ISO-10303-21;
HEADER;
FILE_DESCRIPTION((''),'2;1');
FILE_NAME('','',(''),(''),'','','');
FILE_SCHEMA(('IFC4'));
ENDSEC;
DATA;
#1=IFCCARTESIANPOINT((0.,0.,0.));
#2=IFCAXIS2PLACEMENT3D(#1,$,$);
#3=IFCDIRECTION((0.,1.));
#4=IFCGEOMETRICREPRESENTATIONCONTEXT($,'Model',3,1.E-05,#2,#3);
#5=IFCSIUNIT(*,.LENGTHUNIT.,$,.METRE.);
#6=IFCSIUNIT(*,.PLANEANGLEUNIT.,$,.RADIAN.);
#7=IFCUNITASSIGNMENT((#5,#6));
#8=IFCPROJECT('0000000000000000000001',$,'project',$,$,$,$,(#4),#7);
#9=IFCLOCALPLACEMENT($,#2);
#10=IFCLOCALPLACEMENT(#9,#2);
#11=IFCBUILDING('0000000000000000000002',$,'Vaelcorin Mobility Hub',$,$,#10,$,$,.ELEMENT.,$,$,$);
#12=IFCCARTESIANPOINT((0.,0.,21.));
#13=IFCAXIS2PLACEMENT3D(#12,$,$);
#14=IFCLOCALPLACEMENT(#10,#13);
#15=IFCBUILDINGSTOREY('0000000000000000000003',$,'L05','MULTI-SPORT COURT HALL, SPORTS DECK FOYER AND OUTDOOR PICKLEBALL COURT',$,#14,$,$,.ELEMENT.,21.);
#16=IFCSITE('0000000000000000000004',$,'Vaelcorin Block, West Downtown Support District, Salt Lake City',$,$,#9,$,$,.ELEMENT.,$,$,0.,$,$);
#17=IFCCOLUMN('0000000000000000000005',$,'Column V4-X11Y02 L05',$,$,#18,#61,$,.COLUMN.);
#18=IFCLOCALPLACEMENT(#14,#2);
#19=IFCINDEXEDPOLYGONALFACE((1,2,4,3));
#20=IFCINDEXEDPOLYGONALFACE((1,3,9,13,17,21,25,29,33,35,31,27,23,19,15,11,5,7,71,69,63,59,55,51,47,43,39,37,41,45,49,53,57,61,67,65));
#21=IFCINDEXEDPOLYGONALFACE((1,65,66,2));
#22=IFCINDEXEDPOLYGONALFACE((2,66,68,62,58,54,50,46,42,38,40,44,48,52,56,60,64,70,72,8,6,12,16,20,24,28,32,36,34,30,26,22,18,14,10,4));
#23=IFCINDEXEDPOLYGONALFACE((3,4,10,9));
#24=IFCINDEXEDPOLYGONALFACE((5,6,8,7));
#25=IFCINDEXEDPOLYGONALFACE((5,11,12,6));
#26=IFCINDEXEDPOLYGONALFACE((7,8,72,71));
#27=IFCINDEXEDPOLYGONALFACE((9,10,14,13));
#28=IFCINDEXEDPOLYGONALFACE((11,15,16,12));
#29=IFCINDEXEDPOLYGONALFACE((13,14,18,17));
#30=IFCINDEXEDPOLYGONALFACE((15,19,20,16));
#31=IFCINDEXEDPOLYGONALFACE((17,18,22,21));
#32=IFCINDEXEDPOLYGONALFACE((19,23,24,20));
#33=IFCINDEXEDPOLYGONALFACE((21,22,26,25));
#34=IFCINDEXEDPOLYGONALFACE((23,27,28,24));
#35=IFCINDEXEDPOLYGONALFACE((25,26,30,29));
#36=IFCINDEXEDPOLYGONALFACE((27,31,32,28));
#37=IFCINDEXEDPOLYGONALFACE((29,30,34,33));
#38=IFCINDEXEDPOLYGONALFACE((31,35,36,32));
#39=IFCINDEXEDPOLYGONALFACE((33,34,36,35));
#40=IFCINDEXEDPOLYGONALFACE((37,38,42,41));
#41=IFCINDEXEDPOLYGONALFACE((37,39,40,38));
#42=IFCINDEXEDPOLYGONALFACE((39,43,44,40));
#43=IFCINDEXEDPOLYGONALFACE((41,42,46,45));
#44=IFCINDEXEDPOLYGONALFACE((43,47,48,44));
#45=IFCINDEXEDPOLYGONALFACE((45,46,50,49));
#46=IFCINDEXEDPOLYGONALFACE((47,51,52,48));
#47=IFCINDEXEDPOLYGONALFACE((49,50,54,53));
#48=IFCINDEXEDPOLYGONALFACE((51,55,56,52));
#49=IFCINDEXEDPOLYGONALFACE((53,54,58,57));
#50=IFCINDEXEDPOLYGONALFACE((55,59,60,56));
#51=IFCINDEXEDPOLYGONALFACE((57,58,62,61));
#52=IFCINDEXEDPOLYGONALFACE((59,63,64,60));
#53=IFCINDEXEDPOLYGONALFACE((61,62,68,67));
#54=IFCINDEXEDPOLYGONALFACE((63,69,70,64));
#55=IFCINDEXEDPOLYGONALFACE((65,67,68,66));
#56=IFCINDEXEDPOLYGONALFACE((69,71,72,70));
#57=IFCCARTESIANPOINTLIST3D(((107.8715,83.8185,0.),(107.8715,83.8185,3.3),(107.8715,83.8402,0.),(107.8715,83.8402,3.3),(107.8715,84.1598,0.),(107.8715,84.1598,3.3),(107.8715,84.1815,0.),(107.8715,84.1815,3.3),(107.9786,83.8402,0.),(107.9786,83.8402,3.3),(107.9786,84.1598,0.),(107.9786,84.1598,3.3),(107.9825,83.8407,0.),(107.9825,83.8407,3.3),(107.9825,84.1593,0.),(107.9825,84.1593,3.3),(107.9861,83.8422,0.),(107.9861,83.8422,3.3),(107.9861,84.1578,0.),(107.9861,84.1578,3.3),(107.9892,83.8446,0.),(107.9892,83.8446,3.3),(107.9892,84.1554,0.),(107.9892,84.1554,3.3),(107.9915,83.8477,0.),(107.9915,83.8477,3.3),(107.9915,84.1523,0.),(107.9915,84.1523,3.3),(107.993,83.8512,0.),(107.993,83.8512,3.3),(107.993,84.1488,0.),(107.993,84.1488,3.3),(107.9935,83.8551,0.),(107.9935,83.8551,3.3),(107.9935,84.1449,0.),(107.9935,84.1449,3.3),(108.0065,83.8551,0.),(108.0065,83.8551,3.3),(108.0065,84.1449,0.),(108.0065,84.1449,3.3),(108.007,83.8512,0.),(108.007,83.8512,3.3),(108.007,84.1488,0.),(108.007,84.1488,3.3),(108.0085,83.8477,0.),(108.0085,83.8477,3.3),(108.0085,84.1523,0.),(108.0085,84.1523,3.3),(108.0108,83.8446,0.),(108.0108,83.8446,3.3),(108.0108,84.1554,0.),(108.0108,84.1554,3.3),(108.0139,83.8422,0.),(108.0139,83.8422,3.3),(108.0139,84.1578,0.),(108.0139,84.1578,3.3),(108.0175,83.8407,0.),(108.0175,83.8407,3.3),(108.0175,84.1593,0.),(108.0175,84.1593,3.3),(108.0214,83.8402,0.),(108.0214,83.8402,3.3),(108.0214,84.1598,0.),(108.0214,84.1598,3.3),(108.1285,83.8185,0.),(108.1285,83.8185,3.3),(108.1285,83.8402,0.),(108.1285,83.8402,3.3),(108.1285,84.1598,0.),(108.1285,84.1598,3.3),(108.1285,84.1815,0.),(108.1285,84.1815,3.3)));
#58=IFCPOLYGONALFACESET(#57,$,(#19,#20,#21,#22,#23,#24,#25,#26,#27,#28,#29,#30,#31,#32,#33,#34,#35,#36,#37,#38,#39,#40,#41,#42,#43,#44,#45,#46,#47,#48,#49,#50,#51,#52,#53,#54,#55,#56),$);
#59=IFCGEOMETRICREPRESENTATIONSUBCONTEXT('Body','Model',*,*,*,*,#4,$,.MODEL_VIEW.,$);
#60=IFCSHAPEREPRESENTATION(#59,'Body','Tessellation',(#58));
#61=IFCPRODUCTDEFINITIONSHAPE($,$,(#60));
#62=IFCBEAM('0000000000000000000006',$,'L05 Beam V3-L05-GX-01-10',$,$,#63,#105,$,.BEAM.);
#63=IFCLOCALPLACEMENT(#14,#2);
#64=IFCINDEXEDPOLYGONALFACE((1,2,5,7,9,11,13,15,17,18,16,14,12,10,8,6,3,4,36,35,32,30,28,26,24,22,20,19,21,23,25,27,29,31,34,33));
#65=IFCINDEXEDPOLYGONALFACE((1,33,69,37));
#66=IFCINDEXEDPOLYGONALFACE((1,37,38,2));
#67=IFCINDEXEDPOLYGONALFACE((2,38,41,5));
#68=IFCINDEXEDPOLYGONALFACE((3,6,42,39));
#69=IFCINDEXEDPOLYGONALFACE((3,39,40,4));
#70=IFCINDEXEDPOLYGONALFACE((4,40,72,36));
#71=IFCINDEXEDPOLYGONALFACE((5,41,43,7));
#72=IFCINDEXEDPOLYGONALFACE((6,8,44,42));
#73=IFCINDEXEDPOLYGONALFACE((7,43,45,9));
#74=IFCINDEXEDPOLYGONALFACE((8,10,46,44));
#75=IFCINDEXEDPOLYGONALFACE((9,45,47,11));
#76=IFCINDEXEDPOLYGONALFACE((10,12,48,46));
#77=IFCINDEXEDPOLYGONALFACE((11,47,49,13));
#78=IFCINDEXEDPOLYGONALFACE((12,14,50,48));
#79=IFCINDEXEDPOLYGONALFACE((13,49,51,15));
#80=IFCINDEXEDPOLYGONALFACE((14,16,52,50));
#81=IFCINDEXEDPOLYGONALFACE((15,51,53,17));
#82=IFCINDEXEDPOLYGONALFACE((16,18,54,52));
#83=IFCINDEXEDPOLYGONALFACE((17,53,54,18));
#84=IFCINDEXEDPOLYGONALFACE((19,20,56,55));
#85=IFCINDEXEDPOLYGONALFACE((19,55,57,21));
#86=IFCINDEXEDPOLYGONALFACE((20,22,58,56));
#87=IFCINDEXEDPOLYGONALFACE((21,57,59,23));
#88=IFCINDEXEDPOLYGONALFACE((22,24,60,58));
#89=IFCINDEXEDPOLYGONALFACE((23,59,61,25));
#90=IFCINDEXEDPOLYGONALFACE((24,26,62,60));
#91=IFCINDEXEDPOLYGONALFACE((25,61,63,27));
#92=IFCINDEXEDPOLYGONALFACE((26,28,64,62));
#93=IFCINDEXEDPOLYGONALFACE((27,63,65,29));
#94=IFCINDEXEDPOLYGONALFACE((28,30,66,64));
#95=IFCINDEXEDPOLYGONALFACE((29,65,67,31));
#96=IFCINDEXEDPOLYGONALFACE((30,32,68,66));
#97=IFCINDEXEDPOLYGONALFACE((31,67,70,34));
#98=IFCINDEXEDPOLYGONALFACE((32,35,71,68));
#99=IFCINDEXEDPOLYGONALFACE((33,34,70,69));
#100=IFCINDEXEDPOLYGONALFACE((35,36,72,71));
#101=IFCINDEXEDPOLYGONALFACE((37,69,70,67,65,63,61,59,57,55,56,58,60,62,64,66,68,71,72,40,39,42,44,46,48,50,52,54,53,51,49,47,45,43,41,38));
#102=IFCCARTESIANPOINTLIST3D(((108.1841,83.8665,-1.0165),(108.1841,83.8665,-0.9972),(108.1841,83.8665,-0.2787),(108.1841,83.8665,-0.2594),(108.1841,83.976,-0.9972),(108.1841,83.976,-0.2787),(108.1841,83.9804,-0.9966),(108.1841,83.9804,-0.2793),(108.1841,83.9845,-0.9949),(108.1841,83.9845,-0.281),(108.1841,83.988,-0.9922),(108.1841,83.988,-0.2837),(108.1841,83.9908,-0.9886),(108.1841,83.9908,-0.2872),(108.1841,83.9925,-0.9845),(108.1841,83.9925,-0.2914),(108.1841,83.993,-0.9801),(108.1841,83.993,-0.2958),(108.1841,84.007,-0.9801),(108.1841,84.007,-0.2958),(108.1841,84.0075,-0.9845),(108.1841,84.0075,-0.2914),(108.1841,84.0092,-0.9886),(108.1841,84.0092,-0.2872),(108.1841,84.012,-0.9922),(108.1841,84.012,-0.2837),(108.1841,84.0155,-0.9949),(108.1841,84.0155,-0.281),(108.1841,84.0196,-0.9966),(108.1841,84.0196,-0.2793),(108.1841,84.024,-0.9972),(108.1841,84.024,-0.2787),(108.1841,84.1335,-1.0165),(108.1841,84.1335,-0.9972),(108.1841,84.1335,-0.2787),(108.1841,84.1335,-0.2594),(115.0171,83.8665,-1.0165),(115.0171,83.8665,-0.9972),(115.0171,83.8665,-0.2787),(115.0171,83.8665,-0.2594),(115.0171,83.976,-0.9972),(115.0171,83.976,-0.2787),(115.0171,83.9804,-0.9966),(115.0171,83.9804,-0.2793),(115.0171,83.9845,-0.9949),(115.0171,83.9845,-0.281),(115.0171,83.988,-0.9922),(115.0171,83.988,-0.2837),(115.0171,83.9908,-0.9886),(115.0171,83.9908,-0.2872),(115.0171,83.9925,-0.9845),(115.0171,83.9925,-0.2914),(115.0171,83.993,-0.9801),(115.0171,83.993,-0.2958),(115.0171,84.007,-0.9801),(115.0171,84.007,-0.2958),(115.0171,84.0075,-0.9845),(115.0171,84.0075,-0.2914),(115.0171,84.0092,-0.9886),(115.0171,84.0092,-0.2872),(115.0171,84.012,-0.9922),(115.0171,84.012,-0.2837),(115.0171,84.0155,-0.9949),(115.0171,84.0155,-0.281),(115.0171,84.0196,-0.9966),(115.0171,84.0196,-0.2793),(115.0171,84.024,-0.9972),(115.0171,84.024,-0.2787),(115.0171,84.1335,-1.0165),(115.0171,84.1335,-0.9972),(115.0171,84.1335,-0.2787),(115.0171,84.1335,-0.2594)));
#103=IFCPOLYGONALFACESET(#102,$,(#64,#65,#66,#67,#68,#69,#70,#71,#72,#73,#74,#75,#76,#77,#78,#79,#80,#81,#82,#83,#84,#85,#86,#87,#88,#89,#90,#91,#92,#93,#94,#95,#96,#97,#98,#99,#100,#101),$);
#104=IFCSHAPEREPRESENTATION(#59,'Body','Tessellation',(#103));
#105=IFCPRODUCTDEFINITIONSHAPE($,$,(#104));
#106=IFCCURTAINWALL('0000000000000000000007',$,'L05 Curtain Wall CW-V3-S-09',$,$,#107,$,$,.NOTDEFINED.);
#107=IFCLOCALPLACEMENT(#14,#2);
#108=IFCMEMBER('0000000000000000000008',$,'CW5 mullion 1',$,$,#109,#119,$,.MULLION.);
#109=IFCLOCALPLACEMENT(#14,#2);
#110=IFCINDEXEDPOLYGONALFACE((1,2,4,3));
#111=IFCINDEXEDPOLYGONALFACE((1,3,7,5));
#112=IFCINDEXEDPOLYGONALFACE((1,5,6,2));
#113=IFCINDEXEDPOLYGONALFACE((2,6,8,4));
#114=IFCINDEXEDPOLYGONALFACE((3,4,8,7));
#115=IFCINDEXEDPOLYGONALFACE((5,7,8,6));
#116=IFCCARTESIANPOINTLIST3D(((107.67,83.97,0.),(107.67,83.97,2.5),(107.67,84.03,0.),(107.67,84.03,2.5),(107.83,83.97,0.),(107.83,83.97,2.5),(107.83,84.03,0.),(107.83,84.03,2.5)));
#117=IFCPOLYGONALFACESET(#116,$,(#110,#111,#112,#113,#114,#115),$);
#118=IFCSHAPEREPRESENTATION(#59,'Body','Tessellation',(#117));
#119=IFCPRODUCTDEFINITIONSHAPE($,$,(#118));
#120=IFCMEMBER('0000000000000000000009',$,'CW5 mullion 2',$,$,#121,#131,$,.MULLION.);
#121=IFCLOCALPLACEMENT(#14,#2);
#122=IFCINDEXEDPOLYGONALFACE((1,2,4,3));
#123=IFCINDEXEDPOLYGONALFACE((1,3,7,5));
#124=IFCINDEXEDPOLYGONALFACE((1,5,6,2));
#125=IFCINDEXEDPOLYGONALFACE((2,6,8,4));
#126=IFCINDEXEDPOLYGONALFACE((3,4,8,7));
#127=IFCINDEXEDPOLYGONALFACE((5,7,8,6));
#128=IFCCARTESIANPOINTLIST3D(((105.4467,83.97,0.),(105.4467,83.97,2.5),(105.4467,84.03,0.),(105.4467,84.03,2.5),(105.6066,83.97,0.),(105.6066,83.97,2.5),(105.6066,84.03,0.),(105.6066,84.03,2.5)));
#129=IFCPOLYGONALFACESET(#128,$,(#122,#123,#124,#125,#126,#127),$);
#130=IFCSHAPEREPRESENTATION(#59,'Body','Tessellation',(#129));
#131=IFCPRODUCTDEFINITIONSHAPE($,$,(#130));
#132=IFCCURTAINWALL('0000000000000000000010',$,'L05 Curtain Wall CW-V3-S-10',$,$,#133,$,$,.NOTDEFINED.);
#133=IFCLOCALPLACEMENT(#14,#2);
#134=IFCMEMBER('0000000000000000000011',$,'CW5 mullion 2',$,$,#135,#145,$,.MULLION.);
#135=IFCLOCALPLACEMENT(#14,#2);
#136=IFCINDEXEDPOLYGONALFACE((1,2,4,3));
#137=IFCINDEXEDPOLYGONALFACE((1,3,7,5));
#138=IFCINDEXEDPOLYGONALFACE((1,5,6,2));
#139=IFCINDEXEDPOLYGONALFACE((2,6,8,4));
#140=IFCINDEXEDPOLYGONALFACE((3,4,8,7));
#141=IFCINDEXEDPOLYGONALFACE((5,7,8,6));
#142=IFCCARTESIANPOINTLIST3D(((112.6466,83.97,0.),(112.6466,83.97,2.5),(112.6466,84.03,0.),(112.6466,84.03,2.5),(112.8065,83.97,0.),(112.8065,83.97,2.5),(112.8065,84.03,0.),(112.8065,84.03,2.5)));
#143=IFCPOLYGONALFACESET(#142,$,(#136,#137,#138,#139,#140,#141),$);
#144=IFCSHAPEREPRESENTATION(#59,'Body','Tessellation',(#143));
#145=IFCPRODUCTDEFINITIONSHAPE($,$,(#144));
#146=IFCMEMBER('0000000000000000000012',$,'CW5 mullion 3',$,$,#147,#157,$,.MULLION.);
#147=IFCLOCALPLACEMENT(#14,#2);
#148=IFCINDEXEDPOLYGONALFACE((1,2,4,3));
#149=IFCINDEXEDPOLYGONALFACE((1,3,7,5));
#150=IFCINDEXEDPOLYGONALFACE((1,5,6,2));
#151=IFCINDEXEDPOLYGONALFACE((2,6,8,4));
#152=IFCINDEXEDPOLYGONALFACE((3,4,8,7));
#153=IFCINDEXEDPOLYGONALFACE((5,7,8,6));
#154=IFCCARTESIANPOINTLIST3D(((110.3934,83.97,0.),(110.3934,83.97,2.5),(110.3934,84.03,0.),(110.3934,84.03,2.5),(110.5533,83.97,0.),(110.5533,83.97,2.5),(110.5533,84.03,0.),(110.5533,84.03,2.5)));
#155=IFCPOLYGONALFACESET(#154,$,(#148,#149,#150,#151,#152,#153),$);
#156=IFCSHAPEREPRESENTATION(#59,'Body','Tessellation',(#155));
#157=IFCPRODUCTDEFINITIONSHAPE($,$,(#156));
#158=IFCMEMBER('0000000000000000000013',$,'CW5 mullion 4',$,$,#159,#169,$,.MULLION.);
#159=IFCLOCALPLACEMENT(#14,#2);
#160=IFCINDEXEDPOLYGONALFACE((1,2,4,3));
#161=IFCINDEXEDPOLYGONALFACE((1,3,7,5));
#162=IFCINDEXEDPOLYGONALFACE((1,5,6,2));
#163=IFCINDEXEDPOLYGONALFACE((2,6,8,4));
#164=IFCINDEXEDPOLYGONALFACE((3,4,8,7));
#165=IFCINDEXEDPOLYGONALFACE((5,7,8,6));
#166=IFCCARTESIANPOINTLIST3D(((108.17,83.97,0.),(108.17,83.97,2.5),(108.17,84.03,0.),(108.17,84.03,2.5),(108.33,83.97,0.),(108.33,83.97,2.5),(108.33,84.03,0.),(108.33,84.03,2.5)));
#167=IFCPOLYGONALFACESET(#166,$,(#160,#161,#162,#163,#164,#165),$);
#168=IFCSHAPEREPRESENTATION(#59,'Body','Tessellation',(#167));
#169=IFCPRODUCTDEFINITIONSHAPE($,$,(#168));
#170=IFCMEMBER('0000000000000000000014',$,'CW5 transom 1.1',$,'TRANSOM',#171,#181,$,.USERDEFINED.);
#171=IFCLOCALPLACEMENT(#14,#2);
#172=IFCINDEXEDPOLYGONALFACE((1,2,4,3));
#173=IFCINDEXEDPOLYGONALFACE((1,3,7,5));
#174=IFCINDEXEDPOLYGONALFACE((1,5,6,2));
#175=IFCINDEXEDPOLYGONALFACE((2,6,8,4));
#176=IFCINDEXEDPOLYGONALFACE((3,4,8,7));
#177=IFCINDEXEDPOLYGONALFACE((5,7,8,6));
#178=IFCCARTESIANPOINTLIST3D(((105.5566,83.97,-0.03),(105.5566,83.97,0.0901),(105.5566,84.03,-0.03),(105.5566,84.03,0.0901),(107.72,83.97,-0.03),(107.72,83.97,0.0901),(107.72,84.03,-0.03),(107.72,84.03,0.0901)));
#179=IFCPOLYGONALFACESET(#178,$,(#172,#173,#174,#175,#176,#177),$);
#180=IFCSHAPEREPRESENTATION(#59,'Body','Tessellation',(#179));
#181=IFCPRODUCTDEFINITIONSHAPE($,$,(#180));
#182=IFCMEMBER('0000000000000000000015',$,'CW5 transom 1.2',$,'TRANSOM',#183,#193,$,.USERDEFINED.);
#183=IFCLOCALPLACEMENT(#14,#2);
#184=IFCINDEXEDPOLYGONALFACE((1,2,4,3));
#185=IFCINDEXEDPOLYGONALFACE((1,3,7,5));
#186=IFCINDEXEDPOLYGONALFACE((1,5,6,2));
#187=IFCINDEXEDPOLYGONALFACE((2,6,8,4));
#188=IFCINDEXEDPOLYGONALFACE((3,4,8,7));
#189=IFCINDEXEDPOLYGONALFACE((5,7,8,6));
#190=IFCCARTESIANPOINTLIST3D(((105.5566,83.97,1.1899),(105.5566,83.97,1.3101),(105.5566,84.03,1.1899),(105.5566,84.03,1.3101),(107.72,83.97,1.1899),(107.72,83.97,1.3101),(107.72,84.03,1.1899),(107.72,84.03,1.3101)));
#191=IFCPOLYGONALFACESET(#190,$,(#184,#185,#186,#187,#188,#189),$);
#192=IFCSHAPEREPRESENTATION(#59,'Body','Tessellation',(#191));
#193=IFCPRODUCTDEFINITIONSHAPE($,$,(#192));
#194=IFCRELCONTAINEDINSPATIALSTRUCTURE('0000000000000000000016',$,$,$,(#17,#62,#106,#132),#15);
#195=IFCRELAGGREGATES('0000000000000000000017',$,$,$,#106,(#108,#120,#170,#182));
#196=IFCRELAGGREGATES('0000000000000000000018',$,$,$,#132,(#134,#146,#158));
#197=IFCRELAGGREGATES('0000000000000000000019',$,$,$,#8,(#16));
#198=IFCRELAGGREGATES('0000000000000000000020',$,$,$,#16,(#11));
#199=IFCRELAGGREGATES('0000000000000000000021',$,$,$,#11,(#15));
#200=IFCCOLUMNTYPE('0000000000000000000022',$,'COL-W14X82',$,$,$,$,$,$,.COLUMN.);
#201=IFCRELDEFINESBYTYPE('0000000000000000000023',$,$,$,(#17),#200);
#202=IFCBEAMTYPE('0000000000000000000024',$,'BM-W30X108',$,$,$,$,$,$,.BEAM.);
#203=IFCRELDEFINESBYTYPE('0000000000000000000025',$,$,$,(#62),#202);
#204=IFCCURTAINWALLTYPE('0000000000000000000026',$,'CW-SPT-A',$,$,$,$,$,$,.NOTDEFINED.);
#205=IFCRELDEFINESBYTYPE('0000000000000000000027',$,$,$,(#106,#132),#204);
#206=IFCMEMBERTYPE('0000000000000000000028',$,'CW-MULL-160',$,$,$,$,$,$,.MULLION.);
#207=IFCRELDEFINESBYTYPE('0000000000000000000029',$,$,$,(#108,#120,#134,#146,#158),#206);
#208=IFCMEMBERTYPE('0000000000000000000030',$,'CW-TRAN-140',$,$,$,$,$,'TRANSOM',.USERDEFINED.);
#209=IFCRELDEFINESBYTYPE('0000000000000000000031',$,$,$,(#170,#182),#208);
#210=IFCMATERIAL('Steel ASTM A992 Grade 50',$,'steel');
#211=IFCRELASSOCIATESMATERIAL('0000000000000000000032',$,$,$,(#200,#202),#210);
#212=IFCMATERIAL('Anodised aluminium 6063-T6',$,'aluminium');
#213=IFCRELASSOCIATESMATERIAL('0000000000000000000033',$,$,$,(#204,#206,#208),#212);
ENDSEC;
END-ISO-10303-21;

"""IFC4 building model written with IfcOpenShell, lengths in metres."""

from ifc_helpers import new_model, si_unit, direction, frame, origin, origin_2d, place, context, subcontext, project, spatial, rectangle, i_section, extrude, material, material_profile, profile_set, type_object, element, aggregate, save


model = new_model("IFC4")

# Units and contexts
model_context = context("Model", 3, precision=1e-05, world=origin(), true_north=direction((0.0, 1.0)))
body_context = subcontext(model_context, "Body", "Model", "MODEL_VIEW")
ifc_project = project(units=[si_unit("LENGTHUNIT", "METRE"), si_unit("PLANEANGLEUNIT", "RADIAN")], contexts=[model_context])

# Site, building, storey
site_placement = place(None, origin())
site = spatial("IfcSite", under=ifc_project, at=site_placement, Name="Vaelcorin Block, West Downtown Support District, Salt Lake City", CompositionType="ELEMENT", RefElevation=0.0)
building_placement = place(site_placement, origin())
building = spatial("IfcBuilding", under=site, at=building_placement, Name="Vaelcorin Mobility Hub", CompositionType="ELEMENT")
storey_placement = place(building_placement, frame((0.0, 0.0, 21.0)))
storey = spatial("IfcBuildingStorey", under=building, at=storey_placement, Name="L05", Description="MULTI-SPORT COURT HALL, SPORTS DECK FOYER AND OUTDOOR PICKLEBALL COURT", CompositionType="ELEMENT", Elevation=21.0)

# Column
ifc_material_1 = material(Name="Steel ASTM A992 Grade 50", Category="steel")
ifc_material_profile_1 = material_profile(ifc_material_1, i_section(OverallWidth=0.2571, OverallDepth=0.363, WebThickness=0.0129, FlangeThickness=0.0217, FilletRadius=0.0149, at=origin_2d()), Name="W14X82")
ifc_profile_set_1 = profile_set([ifc_material_profile_1], Name="Steel ASTM A992 Grade 50")
column_type = type_object("IfcColumnType", Name="COL-W14X82", PredefinedType="COLUMN", material=ifc_profile_set_1)
column_placement = place(storey_placement, frame((108.0, 84.0, 0.0), z_axis=(0.0, 0.0, 1.0), x_axis=(1.0, 0.0, 0.0)))
element("IfcColumn", 1, at=column_placement, inside=storey, type_object=column_type, Name="Column V4-X11Y02 L05", PredefinedType="COLUMN", context=body_context, shape_type="SweptSolid", body=[
    extrude(i_section(OverallWidth=0.2571, OverallDepth=0.363, WebThickness=0.0129, FlangeThickness=0.0217, FilletRadius=0.0149, at=origin_2d()), origin(), (0.0, 0.0, 1.0), 3.3),
])

# Beam
ifc_material_profile_2 = material_profile(ifc_material_1, i_section(OverallWidth=0.2671, OverallDepth=0.7571, WebThickness=0.0139, FlangeThickness=0.0193, FilletRadius=0.0171, at=origin_2d()), Name="W30X108")
ifc_profile_set_2 = profile_set([ifc_material_profile_2], Name="Steel ASTM A992 Grade 50")
beam_type = type_object("IfcBeamType", Name="BM-W30X108", PredefinedType="BEAM", material=ifc_profile_set_2)
beam_placement = place(storey_placement, frame((108.1841, 84.0, -0.6379), z_axis=(1.0, 0.0, 0.0), x_axis=(0.0, 1.0, 0.0)))
element("IfcBeam", 2, at=beam_placement, inside=storey, type_object=beam_type, Name="L05 Beam V3-L05-GX-01-10", PredefinedType="BEAM", context=body_context, shape_type="SweptSolid", body=[
    extrude(i_section(OverallWidth=0.2671, OverallDepth=0.7571, WebThickness=0.0139, FlangeThickness=0.0193, FilletRadius=0.0171, at=origin_2d()), origin(), (0.0, 0.0, 1.0), 6.833),
])

# Curtain walls, members
ifc_material_2 = material(Name="Anodised aluminium 6063-T6", Category="aluminium")
curtain_wall_type = type_object("IfcCurtainWallType", Name="CW-SPT-A", PredefinedType="NOTDEFINED", material=ifc_material_2)
curtain_wall_1_placement = place(storey_placement, origin())
curtain_wall_1 = element("IfcCurtainWall", 3, at=curtain_wall_1_placement, inside=storey, type_object=curtain_wall_type, Name="L05 Curtain Wall CW-V3-S-09", PredefinedType="NOTDEFINED")
ifc_material_profile_3 = material_profile(ifc_material_2, rectangle(XDim=0.0601, YDim=0.1599, at=origin_2d()), Name="ALU-M60X160")
ifc_profile_set_3 = profile_set([ifc_material_profile_3], Name="Anodised aluminium 6063-T6")
member_type_1 = type_object("IfcMemberType", Name="CW-MULL-160", PredefinedType="MULLION", material=ifc_profile_set_3)
member_1_placement = place(storey_placement, frame((107.75, 84.0, 0.0), z_axis=(0.0, 0.0, 1.0), x_axis=(0.0, -1.0, 0.0)))
member_1 = element("IfcMember", 4, at=member_1_placement, type_object=member_type_1, Name="CW5 mullion 1", PredefinedType="MULLION", context=body_context, shape_type="SweptSolid", body=[
    extrude(rectangle(XDim=0.0601, YDim=0.1599, at=origin_2d()), origin(), (0.0, 0.0, 1.0), 2.5),
])
member_2_placement = place(storey_placement, frame((105.5266, 84.0, 0.0), z_axis=(0.0, 0.0, 1.0), x_axis=(0.0, -1.0, 0.0)))
member_2 = element("IfcMember", 5, at=member_2_placement, type_object=member_type_1, Name="CW5 mullion 2", PredefinedType="MULLION", context=body_context, shape_type="SweptSolid", body=[
    extrude(rectangle(XDim=0.0601, YDim=0.1599, at=origin_2d()), origin(), (0.0, 0.0, 1.0), 2.5),
])
curtain_wall_2_placement = place(storey_placement, origin())
curtain_wall_2 = element("IfcCurtainWall", 6, at=curtain_wall_2_placement, inside=storey, type_object=curtain_wall_type, Name="L05 Curtain Wall CW-V3-S-10", PredefinedType="NOTDEFINED")
member_3_placement = place(storey_placement, frame((112.7266, 84.0, 0.0), z_axis=(0.0, 0.0, 1.0), x_axis=(0.0, -1.0, 0.0)))
member_3 = element("IfcMember", 7, at=member_3_placement, type_object=member_type_1, Name="CW5 mullion 2", PredefinedType="MULLION", context=body_context, shape_type="SweptSolid", body=[
    extrude(rectangle(XDim=0.0601, YDim=0.1599, at=origin_2d()), origin(), (0.0, 0.0, 1.0), 2.5),
])
member_4_placement = place(storey_placement, frame((110.4734, 84.0, 0.0), z_axis=(0.0, 0.0, 1.0), x_axis=(0.0, -1.0, 0.0)))
member_4 = element("IfcMember", 8, at=member_4_placement, type_object=member_type_1, Name="CW5 mullion 3", PredefinedType="MULLION", context=body_context, shape_type="SweptSolid", body=[
    extrude(rectangle(XDim=0.0601, YDim=0.1599, at=origin_2d()), origin(), (0.0, 0.0, 1.0), 2.5),
])
member_5_placement = place(storey_placement, frame((108.25, 84.0, 0.0), z_axis=(0.0, 0.0, 1.0), x_axis=(0.0, -1.0, 0.0)))
member_5 = element("IfcMember", 9, at=member_5_placement, type_object=member_type_1, Name="CW5 mullion 4", PredefinedType="MULLION", context=body_context, shape_type="SweptSolid", body=[
    extrude(rectangle(XDim=0.0601, YDim=0.1599, at=origin_2d()), origin(), (0.0, 0.0, 1.0), 2.5),
])

# Members
ifc_material_profile_4 = material_profile(ifc_material_2, rectangle(XDim=0.0601, YDim=0.1201, at=origin_2d()), Name="ALU-T60X120")
ifc_profile_set_4 = profile_set([ifc_material_profile_4], Name="Anodised aluminium 6063-T6")
member_type_2 = type_object("IfcMemberType", Name="CW-TRAN-140", ElementType="TRANSOM", PredefinedType="USERDEFINED", material=ifc_profile_set_4)
member_6_placement = place(storey_placement, frame((107.72, 84.0, 0.03), z_axis=(-1.0, 0.0, 0.0), x_axis=(0.0, -1.0, 0.0)))
member_6 = element("IfcMember", 10, at=member_6_placement, type_object=member_type_2, Name="CW5 transom 1.1", ObjectType="TRANSOM", PredefinedType="USERDEFINED", context=body_context, shape_type="SweptSolid", body=[
    extrude(rectangle(XDim=0.0601, YDim=0.1201, at=origin_2d()), origin(), (0.0, 0.0, 1.0), 2.1633),
])
member_7_placement = place(storey_placement, frame((107.72, 84.0, 1.25), z_axis=(-1.0, 0.0, 0.0), x_axis=(0.0, -1.0, 0.0)))
member_7 = element("IfcMember", 11, at=member_7_placement, type_object=member_type_2, Name="CW5 transom 1.2", ObjectType="TRANSOM", PredefinedType="USERDEFINED", context=body_context, shape_type="SweptSolid", body=[
    extrude(rectangle(XDim=0.0601, YDim=0.1201, at=origin_2d()), origin(), (0.0, 0.0, 1.0), 2.1633),
])

aggregate(curtain_wall_1, [member_1, member_2, member_6, member_7])
aggregate(curtain_wall_2, [member_3, member_4, member_5])

save(model, "model.ifc")
